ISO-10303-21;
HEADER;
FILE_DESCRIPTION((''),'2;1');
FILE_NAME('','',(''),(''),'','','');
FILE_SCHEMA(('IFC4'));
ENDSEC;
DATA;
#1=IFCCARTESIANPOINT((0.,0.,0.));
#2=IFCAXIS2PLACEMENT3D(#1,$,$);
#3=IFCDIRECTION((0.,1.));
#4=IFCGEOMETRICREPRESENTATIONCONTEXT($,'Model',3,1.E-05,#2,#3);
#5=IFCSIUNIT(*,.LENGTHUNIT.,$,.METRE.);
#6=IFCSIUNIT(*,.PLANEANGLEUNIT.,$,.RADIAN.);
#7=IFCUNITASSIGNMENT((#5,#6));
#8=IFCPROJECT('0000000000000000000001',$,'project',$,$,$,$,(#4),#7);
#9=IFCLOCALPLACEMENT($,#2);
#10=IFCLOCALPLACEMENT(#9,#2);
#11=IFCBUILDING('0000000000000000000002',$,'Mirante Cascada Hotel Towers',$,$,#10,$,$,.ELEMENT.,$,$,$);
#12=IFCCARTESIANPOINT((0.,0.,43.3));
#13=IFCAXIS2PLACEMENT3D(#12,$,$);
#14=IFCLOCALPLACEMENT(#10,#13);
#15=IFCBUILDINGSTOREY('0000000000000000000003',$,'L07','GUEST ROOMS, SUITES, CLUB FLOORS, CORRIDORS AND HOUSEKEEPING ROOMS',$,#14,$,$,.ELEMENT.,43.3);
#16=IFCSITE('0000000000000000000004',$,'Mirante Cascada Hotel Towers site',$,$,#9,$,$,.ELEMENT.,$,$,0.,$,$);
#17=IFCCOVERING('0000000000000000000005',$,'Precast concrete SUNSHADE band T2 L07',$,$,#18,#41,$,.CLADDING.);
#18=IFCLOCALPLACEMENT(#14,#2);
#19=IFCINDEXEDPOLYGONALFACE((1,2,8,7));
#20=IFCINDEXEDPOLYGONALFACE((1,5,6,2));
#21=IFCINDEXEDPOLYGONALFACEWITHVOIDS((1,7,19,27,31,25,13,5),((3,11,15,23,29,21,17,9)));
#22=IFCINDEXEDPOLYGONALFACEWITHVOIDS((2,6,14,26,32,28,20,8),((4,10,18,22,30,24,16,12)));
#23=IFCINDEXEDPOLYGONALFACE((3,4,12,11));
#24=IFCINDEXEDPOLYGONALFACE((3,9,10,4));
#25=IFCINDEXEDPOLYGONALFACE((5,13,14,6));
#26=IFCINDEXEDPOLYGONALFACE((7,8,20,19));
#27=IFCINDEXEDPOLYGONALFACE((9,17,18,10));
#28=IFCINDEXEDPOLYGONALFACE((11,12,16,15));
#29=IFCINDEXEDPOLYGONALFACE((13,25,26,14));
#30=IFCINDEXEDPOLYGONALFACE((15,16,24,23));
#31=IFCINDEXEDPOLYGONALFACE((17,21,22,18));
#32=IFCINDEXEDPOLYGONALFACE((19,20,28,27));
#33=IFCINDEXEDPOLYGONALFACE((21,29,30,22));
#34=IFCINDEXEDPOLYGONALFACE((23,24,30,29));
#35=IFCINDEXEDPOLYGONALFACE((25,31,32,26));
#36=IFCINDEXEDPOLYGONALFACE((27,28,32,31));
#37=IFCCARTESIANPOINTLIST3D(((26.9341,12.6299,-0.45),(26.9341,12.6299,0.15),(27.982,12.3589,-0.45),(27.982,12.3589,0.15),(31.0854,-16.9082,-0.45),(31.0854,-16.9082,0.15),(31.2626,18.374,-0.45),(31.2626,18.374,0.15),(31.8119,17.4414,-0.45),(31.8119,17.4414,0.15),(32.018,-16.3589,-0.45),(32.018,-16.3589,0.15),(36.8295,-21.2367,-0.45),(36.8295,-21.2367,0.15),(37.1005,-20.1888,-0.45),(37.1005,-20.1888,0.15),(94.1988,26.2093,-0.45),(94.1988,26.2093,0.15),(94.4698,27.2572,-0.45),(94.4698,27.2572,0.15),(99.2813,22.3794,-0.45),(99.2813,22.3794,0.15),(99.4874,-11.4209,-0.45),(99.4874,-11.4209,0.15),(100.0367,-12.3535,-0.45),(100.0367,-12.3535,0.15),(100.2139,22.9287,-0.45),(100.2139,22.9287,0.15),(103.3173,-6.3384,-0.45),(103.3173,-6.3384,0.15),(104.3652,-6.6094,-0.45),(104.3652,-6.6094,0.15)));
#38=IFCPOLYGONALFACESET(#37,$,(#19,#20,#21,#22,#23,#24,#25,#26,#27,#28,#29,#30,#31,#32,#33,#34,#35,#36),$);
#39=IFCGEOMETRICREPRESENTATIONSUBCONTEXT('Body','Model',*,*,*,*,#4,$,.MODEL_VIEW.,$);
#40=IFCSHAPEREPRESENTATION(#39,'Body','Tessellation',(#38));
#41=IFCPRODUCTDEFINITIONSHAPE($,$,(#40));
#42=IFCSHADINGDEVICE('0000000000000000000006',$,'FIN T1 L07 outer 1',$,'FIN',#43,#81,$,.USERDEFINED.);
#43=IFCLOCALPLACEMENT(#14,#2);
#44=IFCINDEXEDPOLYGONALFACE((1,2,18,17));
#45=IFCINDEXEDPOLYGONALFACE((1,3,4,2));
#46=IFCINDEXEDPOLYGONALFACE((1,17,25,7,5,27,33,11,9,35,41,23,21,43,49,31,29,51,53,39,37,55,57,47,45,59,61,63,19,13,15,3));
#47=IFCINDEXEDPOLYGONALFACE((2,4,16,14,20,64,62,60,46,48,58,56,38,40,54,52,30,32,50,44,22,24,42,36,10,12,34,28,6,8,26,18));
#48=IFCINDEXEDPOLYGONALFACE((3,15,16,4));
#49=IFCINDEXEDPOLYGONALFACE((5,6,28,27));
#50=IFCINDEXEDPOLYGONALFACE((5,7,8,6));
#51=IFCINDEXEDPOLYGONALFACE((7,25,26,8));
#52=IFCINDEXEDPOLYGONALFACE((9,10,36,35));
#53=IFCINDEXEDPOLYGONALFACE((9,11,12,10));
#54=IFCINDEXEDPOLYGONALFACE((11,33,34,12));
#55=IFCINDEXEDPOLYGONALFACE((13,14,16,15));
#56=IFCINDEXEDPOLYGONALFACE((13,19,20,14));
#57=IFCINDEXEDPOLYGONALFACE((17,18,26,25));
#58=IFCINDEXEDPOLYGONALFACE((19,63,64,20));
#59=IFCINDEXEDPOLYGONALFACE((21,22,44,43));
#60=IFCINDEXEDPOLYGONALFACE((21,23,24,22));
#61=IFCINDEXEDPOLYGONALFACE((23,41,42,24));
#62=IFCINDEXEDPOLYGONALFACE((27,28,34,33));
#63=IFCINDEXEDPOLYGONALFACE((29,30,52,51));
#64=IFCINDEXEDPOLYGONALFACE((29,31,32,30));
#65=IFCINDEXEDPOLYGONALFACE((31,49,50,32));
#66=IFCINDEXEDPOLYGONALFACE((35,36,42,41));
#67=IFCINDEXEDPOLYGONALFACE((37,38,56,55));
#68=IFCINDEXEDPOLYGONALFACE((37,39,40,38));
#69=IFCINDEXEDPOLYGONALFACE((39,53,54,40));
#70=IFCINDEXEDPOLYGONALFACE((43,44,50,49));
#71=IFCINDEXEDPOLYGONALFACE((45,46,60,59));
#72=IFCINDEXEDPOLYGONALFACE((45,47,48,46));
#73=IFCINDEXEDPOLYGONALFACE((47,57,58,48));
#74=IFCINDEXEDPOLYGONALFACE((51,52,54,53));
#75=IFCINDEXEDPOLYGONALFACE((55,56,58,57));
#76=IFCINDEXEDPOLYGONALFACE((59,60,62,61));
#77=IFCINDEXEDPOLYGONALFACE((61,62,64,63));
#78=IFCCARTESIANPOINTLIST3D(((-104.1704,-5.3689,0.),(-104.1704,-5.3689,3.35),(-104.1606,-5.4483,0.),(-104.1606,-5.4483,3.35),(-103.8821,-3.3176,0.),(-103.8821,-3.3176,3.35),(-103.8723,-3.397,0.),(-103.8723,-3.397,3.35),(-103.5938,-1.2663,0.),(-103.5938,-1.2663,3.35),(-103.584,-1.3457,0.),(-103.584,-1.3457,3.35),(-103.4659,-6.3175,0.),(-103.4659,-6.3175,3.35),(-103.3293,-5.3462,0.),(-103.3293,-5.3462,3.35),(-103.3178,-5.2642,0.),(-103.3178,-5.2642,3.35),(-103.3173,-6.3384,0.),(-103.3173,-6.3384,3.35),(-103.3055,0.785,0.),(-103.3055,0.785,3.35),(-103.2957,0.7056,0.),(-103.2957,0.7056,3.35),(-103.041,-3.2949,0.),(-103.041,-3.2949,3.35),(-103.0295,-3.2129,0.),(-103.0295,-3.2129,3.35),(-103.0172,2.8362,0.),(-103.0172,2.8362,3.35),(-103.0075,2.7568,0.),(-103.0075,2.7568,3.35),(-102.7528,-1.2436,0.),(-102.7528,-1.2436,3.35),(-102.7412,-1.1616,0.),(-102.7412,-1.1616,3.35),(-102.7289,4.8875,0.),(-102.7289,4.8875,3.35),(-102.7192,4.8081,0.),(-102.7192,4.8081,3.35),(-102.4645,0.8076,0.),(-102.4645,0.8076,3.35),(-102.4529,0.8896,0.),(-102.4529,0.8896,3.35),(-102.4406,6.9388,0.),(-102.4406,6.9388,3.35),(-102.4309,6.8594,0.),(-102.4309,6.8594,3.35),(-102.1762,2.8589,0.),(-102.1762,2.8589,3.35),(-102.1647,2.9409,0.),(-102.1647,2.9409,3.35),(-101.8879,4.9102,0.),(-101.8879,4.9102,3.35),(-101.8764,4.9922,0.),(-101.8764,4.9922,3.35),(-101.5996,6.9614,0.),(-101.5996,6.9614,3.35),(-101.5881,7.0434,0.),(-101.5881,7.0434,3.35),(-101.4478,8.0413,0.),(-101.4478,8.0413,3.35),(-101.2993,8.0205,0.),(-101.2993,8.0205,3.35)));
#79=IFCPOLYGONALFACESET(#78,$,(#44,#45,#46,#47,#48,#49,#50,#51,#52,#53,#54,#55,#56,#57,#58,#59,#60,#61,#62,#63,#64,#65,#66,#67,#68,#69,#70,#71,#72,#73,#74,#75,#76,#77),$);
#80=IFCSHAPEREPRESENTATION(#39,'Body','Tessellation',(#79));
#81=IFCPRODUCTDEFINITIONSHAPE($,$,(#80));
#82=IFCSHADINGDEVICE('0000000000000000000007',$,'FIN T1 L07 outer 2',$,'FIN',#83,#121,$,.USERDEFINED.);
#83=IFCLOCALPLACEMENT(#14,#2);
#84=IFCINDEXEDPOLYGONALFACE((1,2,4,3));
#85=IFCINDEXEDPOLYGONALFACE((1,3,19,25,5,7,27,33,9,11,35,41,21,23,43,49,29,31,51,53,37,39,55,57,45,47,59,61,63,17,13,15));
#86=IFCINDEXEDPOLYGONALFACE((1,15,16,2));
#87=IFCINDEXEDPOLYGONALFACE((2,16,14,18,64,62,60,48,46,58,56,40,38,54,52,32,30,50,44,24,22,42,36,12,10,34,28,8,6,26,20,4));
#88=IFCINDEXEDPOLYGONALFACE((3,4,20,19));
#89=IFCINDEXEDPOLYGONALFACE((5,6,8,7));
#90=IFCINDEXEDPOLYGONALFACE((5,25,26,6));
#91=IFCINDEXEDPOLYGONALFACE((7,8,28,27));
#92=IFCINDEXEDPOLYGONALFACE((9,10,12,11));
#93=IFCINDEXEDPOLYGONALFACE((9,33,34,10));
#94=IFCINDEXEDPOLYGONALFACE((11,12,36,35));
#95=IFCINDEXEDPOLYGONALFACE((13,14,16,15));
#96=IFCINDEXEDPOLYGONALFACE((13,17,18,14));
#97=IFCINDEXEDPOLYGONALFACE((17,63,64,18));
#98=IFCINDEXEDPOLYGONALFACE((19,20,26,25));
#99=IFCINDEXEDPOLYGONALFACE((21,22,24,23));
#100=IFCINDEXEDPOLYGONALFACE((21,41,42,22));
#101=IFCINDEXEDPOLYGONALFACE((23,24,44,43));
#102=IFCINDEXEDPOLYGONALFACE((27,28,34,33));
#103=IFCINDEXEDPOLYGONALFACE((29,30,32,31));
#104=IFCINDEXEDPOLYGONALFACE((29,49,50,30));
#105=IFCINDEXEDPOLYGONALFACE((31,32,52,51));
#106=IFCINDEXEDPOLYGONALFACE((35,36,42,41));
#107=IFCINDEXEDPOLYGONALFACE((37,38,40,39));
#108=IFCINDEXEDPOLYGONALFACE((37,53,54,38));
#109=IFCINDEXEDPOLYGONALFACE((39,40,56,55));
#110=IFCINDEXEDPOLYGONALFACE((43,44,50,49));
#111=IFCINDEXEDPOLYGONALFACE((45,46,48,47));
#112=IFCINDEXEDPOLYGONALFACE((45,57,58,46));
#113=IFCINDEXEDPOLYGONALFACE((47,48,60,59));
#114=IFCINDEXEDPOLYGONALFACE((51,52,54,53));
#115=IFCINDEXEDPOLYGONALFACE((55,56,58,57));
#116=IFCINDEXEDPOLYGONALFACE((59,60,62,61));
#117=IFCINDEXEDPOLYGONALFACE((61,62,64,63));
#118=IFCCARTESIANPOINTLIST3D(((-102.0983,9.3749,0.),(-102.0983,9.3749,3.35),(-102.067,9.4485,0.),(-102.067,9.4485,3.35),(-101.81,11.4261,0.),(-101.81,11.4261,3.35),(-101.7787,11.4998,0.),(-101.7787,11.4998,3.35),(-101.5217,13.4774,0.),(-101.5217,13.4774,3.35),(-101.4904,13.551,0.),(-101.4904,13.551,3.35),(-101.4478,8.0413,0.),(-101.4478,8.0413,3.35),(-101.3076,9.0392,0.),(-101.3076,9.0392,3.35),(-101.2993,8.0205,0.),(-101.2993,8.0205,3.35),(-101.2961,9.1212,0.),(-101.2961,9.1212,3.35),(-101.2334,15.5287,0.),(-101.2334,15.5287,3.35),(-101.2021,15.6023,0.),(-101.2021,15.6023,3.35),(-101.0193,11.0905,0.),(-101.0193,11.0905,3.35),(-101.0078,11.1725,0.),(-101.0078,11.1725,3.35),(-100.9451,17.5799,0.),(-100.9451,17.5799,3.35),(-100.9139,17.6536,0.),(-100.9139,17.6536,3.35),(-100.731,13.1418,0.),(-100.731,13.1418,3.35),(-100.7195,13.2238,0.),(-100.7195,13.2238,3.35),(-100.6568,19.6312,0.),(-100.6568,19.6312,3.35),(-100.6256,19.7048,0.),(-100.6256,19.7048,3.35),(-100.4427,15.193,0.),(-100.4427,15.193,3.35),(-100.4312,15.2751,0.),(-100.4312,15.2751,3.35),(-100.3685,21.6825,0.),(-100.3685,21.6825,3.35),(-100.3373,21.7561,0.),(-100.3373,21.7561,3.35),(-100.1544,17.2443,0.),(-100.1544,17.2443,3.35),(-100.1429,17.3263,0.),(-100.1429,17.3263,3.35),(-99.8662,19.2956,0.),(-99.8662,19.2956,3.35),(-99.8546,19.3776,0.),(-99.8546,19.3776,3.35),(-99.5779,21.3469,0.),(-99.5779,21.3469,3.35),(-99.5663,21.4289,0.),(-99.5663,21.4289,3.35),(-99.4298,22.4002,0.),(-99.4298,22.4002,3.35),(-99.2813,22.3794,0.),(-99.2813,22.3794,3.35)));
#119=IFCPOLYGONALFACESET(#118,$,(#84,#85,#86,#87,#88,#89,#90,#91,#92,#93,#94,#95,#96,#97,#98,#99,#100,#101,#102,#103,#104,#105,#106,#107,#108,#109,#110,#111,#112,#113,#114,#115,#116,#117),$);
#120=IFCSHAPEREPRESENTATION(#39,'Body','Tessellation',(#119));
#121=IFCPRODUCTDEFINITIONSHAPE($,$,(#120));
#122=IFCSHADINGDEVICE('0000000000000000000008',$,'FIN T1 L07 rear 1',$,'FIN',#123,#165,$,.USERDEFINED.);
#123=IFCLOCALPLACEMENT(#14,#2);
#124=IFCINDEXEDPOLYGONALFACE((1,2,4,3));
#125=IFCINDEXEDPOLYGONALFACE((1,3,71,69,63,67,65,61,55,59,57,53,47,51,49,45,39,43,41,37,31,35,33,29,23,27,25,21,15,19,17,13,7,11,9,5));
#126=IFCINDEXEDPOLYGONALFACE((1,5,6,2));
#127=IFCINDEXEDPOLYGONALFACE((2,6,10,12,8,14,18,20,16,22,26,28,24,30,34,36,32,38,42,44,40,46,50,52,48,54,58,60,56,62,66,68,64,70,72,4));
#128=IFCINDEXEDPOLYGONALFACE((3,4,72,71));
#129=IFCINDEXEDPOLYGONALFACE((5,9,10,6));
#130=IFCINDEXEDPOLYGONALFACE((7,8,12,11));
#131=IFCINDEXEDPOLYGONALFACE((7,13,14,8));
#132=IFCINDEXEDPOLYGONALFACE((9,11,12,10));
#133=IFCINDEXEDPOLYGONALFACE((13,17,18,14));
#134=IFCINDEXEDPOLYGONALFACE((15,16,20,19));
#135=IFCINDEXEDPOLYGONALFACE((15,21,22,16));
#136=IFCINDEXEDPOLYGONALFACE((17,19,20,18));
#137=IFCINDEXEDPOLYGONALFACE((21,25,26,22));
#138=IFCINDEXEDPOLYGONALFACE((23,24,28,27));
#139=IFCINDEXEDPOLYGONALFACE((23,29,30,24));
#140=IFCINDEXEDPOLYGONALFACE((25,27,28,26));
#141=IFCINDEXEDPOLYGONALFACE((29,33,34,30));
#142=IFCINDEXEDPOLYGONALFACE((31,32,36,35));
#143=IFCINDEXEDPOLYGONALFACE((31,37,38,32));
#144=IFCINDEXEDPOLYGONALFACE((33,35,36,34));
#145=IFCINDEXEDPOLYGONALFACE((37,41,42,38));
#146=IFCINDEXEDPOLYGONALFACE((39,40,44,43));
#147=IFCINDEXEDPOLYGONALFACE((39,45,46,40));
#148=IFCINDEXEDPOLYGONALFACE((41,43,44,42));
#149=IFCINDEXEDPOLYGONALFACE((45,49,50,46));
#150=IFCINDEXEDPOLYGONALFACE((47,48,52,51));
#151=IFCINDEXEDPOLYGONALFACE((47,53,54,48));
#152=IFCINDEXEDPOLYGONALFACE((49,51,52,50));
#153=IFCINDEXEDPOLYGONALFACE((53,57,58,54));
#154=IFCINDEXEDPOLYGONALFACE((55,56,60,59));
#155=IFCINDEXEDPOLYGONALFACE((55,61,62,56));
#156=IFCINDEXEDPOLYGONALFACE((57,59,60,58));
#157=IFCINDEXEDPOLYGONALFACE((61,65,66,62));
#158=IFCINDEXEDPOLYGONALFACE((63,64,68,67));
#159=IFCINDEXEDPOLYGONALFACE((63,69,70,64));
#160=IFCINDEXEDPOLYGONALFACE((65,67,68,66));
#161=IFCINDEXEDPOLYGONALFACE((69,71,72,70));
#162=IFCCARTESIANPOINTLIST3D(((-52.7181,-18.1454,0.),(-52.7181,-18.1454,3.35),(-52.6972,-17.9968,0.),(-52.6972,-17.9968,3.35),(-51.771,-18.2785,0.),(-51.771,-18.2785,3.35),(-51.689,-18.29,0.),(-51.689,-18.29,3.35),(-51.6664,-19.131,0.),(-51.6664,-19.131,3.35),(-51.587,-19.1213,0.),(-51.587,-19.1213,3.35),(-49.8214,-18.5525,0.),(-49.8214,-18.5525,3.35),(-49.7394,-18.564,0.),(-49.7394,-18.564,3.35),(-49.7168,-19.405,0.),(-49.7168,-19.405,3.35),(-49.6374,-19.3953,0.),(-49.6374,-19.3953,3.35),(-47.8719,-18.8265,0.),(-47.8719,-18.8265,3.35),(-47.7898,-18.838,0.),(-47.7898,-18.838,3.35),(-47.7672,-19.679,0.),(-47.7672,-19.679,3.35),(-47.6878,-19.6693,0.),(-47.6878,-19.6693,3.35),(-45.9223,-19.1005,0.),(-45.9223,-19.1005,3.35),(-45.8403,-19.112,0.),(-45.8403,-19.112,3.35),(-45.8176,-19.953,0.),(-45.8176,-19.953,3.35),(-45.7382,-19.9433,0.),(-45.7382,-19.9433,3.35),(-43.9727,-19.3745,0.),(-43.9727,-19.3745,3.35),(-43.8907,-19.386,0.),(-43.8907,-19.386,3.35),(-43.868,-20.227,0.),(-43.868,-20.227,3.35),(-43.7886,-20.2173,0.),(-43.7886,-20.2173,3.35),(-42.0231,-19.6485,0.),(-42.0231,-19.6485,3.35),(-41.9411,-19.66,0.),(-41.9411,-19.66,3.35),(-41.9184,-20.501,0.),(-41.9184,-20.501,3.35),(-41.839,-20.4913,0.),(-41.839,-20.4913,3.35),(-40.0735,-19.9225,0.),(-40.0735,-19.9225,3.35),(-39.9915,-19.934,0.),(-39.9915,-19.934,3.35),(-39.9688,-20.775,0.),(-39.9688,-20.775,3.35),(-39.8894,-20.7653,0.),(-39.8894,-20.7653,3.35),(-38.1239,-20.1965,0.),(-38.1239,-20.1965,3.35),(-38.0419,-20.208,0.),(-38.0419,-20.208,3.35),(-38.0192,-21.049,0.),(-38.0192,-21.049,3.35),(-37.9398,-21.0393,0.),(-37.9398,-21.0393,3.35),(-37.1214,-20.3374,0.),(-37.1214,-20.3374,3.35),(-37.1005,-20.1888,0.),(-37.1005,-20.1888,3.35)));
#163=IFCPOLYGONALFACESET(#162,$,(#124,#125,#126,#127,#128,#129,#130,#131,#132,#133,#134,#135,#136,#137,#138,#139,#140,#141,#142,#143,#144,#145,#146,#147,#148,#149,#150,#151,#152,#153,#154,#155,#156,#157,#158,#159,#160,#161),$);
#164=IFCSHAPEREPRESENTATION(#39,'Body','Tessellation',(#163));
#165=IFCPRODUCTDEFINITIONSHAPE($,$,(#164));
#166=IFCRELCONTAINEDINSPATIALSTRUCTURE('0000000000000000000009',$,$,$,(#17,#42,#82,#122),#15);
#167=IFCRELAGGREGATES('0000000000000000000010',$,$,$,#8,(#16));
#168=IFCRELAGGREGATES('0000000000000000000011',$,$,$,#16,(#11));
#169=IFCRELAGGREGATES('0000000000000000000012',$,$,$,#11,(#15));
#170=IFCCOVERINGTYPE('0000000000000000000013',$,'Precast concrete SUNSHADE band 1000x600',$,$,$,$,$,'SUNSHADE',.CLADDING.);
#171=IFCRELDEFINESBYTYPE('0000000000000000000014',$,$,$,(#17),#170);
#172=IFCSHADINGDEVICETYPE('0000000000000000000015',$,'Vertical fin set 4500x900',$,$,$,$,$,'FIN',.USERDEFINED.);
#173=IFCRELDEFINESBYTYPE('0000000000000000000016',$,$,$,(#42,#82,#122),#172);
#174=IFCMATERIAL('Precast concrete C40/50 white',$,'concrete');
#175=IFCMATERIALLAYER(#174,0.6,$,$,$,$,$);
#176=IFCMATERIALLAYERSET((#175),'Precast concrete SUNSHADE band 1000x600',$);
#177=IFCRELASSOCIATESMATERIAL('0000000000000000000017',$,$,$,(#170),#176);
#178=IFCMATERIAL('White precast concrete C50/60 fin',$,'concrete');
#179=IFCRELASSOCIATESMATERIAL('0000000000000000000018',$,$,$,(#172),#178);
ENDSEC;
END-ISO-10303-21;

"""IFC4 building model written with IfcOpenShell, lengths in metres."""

from ifc_helpers import new_model, si_unit, direction, frame, origin, place, context, subcontext, project, spatial, polyline, outline, extrude, material, layer, layer_set, type_object, element, save


model = new_model("IFC4")

# Units and contexts
model_context = context("Model", 3, precision=1e-05, world=origin(), true_north=direction((0.0, 1.0)))
body_context = subcontext(model_context, "Body", "Model", "MODEL_VIEW")
ifc_project = project(units=[si_unit("LENGTHUNIT", "METRE"), si_unit("PLANEANGLEUNIT", "RADIAN")], contexts=[model_context])

# Site, building, storey
site_placement = place(None, origin())
site = spatial("IfcSite", under=ifc_project, at=site_placement, Name="Mirante Cascada Hotel Towers site", CompositionType="ELEMENT", RefElevation=0.0)
building_placement = place(site_placement, origin())
building = spatial("IfcBuilding", under=site, at=building_placement, Name="Mirante Cascada Hotel Towers", CompositionType="ELEMENT")
storey_placement = place(building_placement, frame((0.0, 0.0, 43.3)))
storey = spatial("IfcBuildingStorey", under=building, at=storey_placement, Name="L07", Description="GUEST ROOMS, SUITES, CLUB FLOORS, CORRIDORS AND HOUSEKEEPING ROOMS", CompositionType="ELEMENT", Elevation=43.3)

# Covering
ifc_material_1 = material(Name="Precast concrete C40/50 white", Category="concrete")
ifc_layer_1 = layer(ifc_material_1, 0.6)
ifc_layer_set_1 = layer_set([ifc_layer_1], Name="Precast concrete SUNSHADE band 1000x600")
covering_type = type_object("IfcCoveringType", Name="Precast concrete SUNSHADE band 1000x600", ElementType="SUNSHADE", PredefinedType="CLADDING", material=ifc_layer_set_1)
covering_placement = place(storey_placement, frame((0.0, 0.0, -0.45)))
element("IfcCovering", 1, at=covering_placement, inside=storey, type_object=covering_type, Name="Precast concrete SUNSHADE band T2 L07", PredefinedType="CLADDING", context=body_context, shape_type="SweptSolid", body=[
    extrude(outline(polyline([(26.9341, 12.6299), (31.2626, 18.374), (94.4698, 27.2572), (100.2139, 22.9287), (104.3652, -6.6094), (100.0367, -12.3535), (36.8295, -21.2367), (31.0854, -16.9082), (26.9341, 12.6299)]), holes=[polyline([(103.3173, -6.3384), (99.2813, 22.3794), (94.1988, 26.2093), (31.8119, 17.4414), (27.982, 12.3589), (32.018, -16.3589), (37.1005, -20.1888), (99.4874, -11.4209), (103.3173, -6.3384)])]), origin(), (0.0, 0.0, 1.0), 0.6),
])

# Shading devices
ifc_material_2 = material(Name="White precast concrete C50/60 fin", Category="concrete")
shading_device_type = type_object("IfcShadingDeviceType", Name="Vertical fin set 4500x900", ElementType="FIN", PredefinedType="USERDEFINED", material=ifc_material_2)
shading_device_1_placement = place(storey_placement, origin())
element("IfcShadingDevice", 2, at=shading_device_1_placement, inside=storey, type_object=shading_device_type, Name="FIN T1 L07 outer 1", ObjectType="FIN", PredefinedType="USERDEFINED", context=body_context, shape_type="SweptSolid", body=[
    extrude(outline(polyline([(-103.3178, -5.2642), (-103.041, -3.2949), (-103.8723, -3.397), (-103.8821, -3.3176), (-103.0295, -3.2129), (-102.7528, -1.2436), (-103.584, -1.3457), (-103.5938, -1.2663), (-102.7412, -1.1616), (-102.4645, 0.8076), (-103.2957, 0.7056), (-103.3055, 0.785), (-102.4529, 0.8896), (-102.1762, 2.8589), (-103.0075, 2.7568), (-103.0172, 2.8362), (-102.1647, 2.9409), (-101.8879, 4.9102), (-102.7192, 4.8081), (-102.7289, 4.8875), (-101.8764, 4.9922), (-101.5996, 6.9614), (-102.4309, 6.8594), (-102.4406, 6.9388), (-101.5881, 7.0434), (-101.4478, 8.0413), (-101.2993, 8.0205), (-103.3173, -6.3384), (-103.4659, -6.3175), (-103.3293, -5.3462), (-104.1606, -5.4483), (-104.1704, -5.3689), (-103.3178, -5.2642)])), origin(), (0.0, 0.0, 1.0), 3.35),
])
shading_device_2_placement = place(storey_placement, origin())
element("IfcShadingDevice", 3, at=shading_device_2_placement, inside=storey, type_object=shading_device_type, Name="FIN T1 L07 outer 2", ObjectType="FIN", PredefinedType="USERDEFINED", context=body_context, shape_type="SweptSolid", body=[
    extrude(outline(polyline([(-101.2961, 9.1212), (-101.0193, 11.0905), (-101.81, 11.4261), (-101.7787, 11.4998), (-101.0078, 11.1725), (-100.731, 13.1418), (-101.5217, 13.4774), (-101.4904, 13.551), (-100.7195, 13.2238), (-100.4427, 15.193), (-101.2334, 15.5287), (-101.2021, 15.6023), (-100.4312, 15.2751), (-100.1544, 17.2443), (-100.9451, 17.5799), (-100.9139, 17.6536), (-100.1429, 17.3263), (-99.8662, 19.2956), (-100.6568, 19.6312), (-100.6256, 19.7048), (-99.8546, 19.3776), (-99.5779, 21.3469), (-100.3685, 21.6825), (-100.3373, 21.7561), (-99.5663, 21.4289), (-99.4298, 22.4002), (-99.2813, 22.3794), (-101.2993, 8.0205), (-101.4478, 8.0413), (-101.3076, 9.0392), (-102.0983, 9.3749), (-102.067, 9.4485), (-101.2961, 9.1212)])), origin(), (0.0, 0.0, 1.0), 3.35),
])
shading_device_3_placement = place(storey_placement, origin())
element("IfcShadingDevice", 4, at=shading_device_3_placement, inside=storey, type_object=shading_device_type, Name="FIN T1 L07 rear 1", ObjectType="FIN", PredefinedType="USERDEFINED", context=body_context, shape_type="SweptSolid", body=[
    extrude(outline(polyline([(-38.1239, -20.1965), (-39.9915, -19.934), (-39.8894, -20.7653), (-39.9688, -20.775), (-40.0735, -19.9225), (-41.9411, -19.66), (-41.839, -20.4913), (-41.9184, -20.501), (-42.0231, -19.6485), (-43.8907, -19.386), (-43.7886, -20.2173), (-43.868, -20.227), (-43.9727, -19.3745), (-45.8403, -19.112), (-45.7382, -19.9433), (-45.8176, -19.953), (-45.9223, -19.1005), (-47.7898, -18.838), (-47.6878, -19.6693), (-47.7672, -19.679), (-47.8719, -18.8265), (-49.7394, -18.564), (-49.6374, -19.3953), (-49.7168, -19.405), (-49.8214, -18.5525), (-51.689, -18.29), (-51.587, -19.1213), (-51.6664, -19.131), (-51.771, -18.2785), (-52.7181, -18.1454), (-52.6972, -17.9968), (-37.1005, -20.1888), (-37.1214, -20.3374), (-38.0419, -20.208), (-37.9398, -21.0393), (-38.0192, -21.049), (-38.1239, -20.1965)])), origin(), (0.0, 0.0, 1.0), 3.35),
])

save(model, "model.ifc")
